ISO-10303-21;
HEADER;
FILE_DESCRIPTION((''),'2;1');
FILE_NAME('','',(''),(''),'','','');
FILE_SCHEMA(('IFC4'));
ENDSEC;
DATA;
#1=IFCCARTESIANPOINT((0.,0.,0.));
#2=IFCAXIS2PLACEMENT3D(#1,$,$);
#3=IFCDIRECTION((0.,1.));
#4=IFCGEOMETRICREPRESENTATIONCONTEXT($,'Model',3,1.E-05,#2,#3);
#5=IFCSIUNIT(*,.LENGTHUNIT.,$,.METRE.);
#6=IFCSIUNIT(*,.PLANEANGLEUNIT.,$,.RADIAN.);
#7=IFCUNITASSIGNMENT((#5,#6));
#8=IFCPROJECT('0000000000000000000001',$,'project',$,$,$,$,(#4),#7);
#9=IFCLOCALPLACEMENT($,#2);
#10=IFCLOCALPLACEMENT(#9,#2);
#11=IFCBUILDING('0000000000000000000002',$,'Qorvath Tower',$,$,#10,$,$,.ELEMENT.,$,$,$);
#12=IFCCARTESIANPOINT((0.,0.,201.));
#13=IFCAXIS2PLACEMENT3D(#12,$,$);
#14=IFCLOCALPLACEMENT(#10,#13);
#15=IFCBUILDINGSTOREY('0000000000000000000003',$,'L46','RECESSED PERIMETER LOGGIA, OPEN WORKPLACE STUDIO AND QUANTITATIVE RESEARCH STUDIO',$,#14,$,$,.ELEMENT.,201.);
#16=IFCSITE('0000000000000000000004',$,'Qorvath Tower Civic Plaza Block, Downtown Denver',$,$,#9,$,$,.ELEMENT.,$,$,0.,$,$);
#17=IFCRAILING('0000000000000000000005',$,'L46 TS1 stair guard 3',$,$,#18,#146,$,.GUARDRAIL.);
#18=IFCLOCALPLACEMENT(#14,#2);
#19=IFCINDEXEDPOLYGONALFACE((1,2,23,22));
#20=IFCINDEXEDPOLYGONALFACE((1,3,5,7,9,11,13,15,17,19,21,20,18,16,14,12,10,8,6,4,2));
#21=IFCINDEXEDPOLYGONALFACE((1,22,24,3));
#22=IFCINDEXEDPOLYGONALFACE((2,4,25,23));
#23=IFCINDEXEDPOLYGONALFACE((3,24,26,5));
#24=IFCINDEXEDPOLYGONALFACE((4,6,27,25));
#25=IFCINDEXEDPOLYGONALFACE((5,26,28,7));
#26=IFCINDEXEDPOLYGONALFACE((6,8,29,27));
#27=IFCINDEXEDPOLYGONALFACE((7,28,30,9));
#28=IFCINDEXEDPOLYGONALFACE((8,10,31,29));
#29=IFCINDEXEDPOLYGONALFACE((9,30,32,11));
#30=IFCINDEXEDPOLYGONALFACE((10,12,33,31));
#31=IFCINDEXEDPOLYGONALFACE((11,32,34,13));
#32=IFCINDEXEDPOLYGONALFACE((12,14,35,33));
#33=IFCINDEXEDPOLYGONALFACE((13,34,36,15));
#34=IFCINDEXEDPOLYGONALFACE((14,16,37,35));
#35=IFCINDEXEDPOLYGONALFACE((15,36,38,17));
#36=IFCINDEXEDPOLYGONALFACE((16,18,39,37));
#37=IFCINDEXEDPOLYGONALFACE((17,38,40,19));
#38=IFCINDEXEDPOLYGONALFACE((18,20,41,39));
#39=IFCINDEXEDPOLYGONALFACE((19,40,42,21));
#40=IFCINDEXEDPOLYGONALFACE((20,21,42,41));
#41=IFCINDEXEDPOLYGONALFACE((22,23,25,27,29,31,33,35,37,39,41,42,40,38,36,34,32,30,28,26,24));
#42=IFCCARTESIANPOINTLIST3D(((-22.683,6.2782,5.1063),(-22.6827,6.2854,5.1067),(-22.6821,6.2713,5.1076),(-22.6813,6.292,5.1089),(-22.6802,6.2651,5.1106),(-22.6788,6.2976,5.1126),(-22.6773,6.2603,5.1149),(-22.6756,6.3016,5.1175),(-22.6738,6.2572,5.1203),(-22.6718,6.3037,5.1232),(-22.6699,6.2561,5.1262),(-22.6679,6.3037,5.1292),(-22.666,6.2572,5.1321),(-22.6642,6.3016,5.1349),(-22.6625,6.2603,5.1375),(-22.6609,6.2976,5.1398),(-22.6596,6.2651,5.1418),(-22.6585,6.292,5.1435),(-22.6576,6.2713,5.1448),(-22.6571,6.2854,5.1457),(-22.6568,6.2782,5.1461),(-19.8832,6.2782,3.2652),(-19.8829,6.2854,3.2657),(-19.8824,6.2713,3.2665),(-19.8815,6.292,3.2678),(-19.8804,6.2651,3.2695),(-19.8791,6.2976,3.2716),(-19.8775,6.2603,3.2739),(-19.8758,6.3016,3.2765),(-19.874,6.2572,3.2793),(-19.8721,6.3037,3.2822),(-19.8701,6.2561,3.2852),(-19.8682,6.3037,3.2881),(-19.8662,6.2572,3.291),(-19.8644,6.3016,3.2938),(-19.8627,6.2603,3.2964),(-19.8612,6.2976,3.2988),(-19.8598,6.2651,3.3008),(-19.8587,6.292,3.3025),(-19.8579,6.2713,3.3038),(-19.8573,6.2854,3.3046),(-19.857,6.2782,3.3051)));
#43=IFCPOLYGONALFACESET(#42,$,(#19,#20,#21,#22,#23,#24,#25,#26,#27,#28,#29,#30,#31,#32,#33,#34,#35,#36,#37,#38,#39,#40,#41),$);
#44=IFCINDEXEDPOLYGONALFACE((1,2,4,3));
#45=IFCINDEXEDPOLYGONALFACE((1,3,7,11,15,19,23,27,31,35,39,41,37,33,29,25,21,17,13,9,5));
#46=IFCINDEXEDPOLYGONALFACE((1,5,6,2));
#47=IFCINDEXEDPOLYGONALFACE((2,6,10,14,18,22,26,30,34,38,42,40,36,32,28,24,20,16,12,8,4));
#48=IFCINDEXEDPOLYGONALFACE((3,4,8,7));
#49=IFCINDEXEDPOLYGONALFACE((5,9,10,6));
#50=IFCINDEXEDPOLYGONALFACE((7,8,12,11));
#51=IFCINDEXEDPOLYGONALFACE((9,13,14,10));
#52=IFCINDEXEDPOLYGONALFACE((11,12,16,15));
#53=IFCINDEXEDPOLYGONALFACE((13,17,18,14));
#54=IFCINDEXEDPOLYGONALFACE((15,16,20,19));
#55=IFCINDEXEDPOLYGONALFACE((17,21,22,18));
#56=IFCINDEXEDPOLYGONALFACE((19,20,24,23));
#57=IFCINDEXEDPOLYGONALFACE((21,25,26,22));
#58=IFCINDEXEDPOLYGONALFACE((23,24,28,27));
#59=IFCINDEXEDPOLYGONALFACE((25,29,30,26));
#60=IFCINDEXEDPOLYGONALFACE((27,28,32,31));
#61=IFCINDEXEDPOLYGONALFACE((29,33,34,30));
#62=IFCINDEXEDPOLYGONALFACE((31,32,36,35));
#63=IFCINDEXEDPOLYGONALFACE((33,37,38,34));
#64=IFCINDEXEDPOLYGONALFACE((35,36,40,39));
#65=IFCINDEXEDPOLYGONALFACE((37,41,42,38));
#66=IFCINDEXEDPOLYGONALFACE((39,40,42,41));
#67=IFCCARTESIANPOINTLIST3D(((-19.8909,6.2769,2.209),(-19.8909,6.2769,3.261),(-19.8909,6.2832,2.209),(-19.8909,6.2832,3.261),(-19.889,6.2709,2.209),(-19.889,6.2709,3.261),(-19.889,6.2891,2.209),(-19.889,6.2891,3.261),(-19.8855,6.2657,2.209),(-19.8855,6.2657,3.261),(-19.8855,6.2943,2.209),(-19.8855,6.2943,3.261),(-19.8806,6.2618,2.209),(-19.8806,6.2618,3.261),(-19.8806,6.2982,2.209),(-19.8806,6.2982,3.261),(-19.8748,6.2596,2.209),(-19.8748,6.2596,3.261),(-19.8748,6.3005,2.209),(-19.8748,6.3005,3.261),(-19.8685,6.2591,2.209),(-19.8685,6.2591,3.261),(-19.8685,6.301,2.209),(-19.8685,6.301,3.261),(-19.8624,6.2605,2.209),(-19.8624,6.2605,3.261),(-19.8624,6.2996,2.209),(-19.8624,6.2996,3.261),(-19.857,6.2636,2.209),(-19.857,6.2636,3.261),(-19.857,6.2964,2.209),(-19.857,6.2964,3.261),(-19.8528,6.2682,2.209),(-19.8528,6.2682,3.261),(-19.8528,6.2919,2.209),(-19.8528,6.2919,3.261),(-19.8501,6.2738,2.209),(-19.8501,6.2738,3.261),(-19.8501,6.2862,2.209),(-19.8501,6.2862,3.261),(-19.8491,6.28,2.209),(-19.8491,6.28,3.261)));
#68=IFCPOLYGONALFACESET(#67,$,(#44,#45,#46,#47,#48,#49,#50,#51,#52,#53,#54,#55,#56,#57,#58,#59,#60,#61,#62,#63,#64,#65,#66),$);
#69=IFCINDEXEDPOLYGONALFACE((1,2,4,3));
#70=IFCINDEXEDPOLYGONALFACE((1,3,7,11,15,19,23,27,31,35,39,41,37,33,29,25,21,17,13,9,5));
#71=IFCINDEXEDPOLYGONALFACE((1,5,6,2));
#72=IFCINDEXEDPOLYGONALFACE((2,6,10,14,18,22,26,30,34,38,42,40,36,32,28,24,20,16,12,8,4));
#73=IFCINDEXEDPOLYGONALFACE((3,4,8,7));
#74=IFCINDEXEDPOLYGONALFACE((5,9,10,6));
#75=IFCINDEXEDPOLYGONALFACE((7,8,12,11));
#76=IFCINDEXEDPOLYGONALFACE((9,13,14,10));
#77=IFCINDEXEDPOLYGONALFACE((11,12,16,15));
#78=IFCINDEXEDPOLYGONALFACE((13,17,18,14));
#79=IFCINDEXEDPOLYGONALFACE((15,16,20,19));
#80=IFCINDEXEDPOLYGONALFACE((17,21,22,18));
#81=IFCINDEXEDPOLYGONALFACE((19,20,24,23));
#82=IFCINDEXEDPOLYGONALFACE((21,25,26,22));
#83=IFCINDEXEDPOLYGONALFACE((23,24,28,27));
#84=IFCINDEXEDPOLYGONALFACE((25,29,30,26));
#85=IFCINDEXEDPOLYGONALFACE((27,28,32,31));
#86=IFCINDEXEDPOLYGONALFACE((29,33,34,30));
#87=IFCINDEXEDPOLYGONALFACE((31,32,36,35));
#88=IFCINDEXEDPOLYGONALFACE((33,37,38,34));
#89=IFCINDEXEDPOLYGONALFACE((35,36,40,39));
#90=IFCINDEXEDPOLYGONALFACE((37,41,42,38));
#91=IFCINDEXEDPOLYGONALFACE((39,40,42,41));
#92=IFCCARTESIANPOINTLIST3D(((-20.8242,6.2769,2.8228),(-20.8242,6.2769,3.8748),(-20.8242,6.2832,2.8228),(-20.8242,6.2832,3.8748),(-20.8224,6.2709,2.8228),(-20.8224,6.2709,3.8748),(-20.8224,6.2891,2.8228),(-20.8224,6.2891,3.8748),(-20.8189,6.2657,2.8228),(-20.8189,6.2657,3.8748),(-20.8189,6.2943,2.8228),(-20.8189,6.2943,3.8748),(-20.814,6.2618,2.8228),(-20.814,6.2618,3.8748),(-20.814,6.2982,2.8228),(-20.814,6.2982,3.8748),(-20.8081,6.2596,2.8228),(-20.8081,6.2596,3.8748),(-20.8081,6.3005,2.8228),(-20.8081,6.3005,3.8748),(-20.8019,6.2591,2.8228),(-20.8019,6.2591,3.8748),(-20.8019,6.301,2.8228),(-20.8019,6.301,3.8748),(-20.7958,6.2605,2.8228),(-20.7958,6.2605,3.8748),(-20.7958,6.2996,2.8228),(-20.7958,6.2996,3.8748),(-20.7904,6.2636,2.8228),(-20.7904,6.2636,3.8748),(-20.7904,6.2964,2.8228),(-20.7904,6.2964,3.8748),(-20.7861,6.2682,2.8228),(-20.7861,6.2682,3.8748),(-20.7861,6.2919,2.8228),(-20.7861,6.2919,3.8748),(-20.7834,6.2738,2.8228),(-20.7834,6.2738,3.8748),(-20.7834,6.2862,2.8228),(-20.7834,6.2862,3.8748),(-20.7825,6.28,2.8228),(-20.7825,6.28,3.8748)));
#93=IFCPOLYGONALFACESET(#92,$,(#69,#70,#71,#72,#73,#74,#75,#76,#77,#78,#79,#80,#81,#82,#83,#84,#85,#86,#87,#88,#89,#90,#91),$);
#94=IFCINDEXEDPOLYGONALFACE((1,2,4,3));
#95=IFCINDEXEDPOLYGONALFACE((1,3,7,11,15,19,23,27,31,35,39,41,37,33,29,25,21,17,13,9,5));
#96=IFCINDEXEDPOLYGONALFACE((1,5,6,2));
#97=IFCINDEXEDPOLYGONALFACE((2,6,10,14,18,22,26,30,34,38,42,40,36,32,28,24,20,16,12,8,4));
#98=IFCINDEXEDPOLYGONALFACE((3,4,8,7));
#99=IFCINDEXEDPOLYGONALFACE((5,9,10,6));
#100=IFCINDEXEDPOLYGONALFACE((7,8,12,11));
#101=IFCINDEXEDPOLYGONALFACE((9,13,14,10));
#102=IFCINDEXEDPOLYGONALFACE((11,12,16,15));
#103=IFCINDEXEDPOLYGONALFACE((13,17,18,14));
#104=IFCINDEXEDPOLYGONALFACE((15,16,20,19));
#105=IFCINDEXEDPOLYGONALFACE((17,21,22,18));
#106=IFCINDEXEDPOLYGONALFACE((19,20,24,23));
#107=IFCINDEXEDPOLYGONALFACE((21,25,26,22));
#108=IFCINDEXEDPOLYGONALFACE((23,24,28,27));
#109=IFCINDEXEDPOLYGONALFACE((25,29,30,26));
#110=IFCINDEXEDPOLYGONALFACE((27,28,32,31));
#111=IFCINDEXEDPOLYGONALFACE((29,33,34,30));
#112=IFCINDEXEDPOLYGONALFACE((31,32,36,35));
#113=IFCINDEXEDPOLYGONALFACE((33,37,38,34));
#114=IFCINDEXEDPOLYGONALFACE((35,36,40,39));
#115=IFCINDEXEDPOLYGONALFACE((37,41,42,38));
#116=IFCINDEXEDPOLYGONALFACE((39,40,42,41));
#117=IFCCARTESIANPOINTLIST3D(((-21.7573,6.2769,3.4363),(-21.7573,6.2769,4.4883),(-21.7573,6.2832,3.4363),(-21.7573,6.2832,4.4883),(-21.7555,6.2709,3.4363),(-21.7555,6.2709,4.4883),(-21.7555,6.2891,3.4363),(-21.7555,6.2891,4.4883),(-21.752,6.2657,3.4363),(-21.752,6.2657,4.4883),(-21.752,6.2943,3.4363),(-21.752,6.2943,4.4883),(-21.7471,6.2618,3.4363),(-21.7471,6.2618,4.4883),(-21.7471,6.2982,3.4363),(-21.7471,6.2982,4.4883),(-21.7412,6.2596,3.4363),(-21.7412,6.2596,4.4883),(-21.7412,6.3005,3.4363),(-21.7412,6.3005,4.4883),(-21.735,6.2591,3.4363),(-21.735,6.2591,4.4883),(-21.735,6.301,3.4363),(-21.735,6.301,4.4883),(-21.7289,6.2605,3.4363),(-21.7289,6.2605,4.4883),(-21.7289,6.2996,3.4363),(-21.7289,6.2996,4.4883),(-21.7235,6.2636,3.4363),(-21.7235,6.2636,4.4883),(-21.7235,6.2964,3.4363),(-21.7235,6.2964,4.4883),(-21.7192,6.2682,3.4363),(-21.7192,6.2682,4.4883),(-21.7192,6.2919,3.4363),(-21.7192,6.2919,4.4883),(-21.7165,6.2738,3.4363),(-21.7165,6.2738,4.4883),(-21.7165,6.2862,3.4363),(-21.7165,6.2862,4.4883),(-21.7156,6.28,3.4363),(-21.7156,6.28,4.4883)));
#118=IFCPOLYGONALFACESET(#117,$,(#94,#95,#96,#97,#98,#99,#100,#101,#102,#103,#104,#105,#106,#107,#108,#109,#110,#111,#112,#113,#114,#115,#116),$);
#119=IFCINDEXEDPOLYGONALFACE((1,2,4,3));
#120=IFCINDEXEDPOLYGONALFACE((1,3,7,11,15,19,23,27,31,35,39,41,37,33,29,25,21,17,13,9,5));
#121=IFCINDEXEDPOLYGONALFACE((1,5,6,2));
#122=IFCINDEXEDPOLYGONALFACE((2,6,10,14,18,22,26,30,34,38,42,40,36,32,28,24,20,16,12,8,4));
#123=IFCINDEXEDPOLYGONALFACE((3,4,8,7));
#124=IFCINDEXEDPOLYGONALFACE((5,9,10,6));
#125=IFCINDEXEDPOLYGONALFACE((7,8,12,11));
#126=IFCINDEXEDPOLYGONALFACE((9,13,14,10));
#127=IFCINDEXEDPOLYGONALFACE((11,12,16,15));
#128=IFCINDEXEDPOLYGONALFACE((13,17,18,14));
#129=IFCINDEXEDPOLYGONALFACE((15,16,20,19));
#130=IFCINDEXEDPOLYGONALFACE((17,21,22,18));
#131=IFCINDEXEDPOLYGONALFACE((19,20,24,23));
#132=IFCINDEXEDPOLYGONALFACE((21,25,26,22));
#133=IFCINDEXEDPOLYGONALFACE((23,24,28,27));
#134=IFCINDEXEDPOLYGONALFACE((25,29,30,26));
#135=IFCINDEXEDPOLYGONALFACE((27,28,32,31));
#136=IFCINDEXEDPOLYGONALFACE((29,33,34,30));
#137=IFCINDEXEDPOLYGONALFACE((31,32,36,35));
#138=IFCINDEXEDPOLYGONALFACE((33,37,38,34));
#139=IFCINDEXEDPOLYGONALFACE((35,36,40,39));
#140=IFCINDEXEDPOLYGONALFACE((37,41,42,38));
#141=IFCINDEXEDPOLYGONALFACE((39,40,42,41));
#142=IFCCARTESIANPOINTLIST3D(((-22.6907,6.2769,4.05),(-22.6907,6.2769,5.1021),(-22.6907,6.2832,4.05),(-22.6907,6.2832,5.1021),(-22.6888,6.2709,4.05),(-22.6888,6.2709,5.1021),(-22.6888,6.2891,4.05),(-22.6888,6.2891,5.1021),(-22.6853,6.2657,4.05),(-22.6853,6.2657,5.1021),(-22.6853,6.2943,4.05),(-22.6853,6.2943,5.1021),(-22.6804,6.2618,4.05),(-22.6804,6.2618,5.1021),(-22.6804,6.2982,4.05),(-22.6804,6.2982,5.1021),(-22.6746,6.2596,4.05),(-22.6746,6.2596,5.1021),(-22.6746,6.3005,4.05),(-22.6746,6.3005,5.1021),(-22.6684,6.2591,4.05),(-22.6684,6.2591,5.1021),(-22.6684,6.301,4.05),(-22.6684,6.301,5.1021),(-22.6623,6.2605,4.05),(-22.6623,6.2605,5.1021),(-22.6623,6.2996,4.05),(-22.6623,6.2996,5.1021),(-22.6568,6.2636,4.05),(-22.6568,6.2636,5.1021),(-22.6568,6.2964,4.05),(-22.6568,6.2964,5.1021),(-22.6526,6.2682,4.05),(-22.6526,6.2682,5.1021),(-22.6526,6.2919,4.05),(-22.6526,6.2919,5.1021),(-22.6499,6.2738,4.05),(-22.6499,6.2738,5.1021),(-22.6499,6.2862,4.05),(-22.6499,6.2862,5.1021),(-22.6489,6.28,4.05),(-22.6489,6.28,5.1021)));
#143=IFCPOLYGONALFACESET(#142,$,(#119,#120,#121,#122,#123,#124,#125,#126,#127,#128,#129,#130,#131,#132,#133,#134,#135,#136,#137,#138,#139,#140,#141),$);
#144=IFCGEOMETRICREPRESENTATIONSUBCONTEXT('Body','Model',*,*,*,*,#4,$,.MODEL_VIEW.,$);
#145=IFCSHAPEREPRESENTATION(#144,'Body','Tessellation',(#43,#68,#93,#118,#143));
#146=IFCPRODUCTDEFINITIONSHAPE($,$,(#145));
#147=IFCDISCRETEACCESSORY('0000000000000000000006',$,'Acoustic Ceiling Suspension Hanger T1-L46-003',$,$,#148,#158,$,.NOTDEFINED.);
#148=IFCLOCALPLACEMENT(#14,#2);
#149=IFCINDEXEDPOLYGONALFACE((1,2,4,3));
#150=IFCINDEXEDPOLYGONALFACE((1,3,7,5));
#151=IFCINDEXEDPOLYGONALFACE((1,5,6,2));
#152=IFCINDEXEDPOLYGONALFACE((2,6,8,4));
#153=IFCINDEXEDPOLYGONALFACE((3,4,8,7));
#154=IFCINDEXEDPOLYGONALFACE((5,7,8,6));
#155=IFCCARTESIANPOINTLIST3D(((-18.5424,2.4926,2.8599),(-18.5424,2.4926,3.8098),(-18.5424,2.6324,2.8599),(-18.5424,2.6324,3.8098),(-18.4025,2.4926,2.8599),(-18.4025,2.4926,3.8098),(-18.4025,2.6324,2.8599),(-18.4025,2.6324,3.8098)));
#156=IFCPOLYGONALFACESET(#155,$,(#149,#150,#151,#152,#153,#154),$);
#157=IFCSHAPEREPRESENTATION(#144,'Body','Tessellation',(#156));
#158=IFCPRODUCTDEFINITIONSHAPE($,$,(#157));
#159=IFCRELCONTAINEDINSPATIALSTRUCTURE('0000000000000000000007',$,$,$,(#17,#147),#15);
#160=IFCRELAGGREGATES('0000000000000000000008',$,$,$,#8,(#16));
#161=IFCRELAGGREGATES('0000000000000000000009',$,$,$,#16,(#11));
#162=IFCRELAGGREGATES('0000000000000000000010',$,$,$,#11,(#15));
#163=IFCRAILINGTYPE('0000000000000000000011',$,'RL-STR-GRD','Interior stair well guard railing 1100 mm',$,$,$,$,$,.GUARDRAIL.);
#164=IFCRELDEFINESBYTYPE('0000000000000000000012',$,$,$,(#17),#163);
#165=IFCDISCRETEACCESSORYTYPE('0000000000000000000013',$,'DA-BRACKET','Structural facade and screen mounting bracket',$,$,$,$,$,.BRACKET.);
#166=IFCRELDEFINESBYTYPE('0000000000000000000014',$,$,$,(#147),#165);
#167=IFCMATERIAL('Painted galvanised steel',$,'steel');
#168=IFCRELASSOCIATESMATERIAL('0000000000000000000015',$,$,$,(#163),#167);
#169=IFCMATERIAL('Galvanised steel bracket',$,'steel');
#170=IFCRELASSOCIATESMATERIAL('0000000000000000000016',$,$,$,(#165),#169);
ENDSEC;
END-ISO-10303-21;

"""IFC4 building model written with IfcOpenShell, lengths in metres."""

from ifc_helpers import new_model, si_unit, direction, frame, origin, origin_2d, place, context, subcontext, project, spatial, rectangle, circle, extrude, material, type_object, element, save


model = new_model("IFC4")

# Units and contexts
model_context = context("Model", 3, precision=1e-05, world=origin(), true_north=direction((0.0, 1.0)))
body_context = subcontext(model_context, "Body", "Model", "MODEL_VIEW")
ifc_project = project(units=[si_unit("LENGTHUNIT", "METRE"), si_unit("PLANEANGLEUNIT", "RADIAN")], contexts=[model_context])

# Site, building, storey
site_placement = place(None, origin())
site = spatial("IfcSite", under=ifc_project, at=site_placement, Name="Qorvath Tower Civic Plaza Block, Downtown Denver", CompositionType="ELEMENT", RefElevation=0.0)
building_placement = place(site_placement, origin())
building = spatial("IfcBuilding", under=site, at=building_placement, Name="Qorvath Tower", CompositionType="ELEMENT")
storey_placement = place(building_placement, frame((0.0, 0.0, 201.0)))
storey = spatial("IfcBuildingStorey", under=building, at=storey_placement, Name="L46", Description="RECESSED PERIMETER LOGGIA, OPEN WORKPLACE STUDIO AND QUANTITATIVE RESEARCH STUDIO", CompositionType="ELEMENT", Elevation=201.0)

# Railing
ifc_material_1 = material(Name="Painted galvanised steel", Category="steel")
railing_type = type_object("IfcRailingType", Name="RL-STR-GRD", Description="Interior stair well guard railing 1100 mm", PredefinedType="GUARDRAIL", material=ifc_material_1)
railing_1_placement = place(storey_placement, frame((-19.8701, 6.28, 2.209)))
element("IfcRailing", 1, at=railing_1_placement, inside=storey, type_object=railing_type, Name="L46 TS1 stair guard 3", PredefinedType="GUARDRAIL", context=body_context, shape_type="SweptSolid", body=[
    extrude(circle(Radius=0.0239, at=origin_2d()), frame((0.0, 0.0, 1.0762), z_axis=(-0.835542, 0.0, 0.549426), x_axis=(0.0, -1.0, 0.0)), (0.0, 0.0, 1.0), 3.3508),
    extrude(circle(Radius=0.021, at=origin_2d()), origin(), (0.0, 0.0, 1.0), 1.052),
    extrude(circle(Radius=0.021, at=origin_2d()), frame((-0.9333, 0.0, 0.6138)), (0.0, 0.0, 1.0), 1.052),
    extrude(circle(Radius=0.021, at=origin_2d()), frame((-1.8665, 0.0, 1.2273)), (0.0, 0.0, 1.0), 1.052),
    extrude(circle(Radius=0.021, at=origin_2d()), frame((-2.7998, 0.0, 1.8411)), (0.0, 0.0, 1.0), 1.052),
])

# Discrete accessory
ifc_material_2 = material(Name="Galvanised steel bracket", Category="steel")
discrete_accessory_type = type_object("IfcDiscreteAccessoryType", Name="DA-BRACKET", Description="Structural facade and screen mounting bracket", PredefinedType="BRACKET", material=ifc_material_2)
discrete_accessory_placement = place(storey_placement, frame((-18.4724, 2.5625, 2.8599), z_axis=(0.0, 0.0, 1.0), x_axis=(1.0, 0.0, 0.0)))
element("IfcDiscreteAccessory", 2, at=discrete_accessory_placement, inside=storey, type_object=discrete_accessory_type, Name="Acoustic Ceiling Suspension Hanger T1-L46-003", PredefinedType="NOTDEFINED", context=body_context, shape_type="SweptSolid", body=[
    extrude(rectangle(XDim=0.1399, YDim=0.1399, at=origin_2d()), origin(), (0.0, 0.0, 1.0), 0.95),
])

save(model, "model.ifc")
